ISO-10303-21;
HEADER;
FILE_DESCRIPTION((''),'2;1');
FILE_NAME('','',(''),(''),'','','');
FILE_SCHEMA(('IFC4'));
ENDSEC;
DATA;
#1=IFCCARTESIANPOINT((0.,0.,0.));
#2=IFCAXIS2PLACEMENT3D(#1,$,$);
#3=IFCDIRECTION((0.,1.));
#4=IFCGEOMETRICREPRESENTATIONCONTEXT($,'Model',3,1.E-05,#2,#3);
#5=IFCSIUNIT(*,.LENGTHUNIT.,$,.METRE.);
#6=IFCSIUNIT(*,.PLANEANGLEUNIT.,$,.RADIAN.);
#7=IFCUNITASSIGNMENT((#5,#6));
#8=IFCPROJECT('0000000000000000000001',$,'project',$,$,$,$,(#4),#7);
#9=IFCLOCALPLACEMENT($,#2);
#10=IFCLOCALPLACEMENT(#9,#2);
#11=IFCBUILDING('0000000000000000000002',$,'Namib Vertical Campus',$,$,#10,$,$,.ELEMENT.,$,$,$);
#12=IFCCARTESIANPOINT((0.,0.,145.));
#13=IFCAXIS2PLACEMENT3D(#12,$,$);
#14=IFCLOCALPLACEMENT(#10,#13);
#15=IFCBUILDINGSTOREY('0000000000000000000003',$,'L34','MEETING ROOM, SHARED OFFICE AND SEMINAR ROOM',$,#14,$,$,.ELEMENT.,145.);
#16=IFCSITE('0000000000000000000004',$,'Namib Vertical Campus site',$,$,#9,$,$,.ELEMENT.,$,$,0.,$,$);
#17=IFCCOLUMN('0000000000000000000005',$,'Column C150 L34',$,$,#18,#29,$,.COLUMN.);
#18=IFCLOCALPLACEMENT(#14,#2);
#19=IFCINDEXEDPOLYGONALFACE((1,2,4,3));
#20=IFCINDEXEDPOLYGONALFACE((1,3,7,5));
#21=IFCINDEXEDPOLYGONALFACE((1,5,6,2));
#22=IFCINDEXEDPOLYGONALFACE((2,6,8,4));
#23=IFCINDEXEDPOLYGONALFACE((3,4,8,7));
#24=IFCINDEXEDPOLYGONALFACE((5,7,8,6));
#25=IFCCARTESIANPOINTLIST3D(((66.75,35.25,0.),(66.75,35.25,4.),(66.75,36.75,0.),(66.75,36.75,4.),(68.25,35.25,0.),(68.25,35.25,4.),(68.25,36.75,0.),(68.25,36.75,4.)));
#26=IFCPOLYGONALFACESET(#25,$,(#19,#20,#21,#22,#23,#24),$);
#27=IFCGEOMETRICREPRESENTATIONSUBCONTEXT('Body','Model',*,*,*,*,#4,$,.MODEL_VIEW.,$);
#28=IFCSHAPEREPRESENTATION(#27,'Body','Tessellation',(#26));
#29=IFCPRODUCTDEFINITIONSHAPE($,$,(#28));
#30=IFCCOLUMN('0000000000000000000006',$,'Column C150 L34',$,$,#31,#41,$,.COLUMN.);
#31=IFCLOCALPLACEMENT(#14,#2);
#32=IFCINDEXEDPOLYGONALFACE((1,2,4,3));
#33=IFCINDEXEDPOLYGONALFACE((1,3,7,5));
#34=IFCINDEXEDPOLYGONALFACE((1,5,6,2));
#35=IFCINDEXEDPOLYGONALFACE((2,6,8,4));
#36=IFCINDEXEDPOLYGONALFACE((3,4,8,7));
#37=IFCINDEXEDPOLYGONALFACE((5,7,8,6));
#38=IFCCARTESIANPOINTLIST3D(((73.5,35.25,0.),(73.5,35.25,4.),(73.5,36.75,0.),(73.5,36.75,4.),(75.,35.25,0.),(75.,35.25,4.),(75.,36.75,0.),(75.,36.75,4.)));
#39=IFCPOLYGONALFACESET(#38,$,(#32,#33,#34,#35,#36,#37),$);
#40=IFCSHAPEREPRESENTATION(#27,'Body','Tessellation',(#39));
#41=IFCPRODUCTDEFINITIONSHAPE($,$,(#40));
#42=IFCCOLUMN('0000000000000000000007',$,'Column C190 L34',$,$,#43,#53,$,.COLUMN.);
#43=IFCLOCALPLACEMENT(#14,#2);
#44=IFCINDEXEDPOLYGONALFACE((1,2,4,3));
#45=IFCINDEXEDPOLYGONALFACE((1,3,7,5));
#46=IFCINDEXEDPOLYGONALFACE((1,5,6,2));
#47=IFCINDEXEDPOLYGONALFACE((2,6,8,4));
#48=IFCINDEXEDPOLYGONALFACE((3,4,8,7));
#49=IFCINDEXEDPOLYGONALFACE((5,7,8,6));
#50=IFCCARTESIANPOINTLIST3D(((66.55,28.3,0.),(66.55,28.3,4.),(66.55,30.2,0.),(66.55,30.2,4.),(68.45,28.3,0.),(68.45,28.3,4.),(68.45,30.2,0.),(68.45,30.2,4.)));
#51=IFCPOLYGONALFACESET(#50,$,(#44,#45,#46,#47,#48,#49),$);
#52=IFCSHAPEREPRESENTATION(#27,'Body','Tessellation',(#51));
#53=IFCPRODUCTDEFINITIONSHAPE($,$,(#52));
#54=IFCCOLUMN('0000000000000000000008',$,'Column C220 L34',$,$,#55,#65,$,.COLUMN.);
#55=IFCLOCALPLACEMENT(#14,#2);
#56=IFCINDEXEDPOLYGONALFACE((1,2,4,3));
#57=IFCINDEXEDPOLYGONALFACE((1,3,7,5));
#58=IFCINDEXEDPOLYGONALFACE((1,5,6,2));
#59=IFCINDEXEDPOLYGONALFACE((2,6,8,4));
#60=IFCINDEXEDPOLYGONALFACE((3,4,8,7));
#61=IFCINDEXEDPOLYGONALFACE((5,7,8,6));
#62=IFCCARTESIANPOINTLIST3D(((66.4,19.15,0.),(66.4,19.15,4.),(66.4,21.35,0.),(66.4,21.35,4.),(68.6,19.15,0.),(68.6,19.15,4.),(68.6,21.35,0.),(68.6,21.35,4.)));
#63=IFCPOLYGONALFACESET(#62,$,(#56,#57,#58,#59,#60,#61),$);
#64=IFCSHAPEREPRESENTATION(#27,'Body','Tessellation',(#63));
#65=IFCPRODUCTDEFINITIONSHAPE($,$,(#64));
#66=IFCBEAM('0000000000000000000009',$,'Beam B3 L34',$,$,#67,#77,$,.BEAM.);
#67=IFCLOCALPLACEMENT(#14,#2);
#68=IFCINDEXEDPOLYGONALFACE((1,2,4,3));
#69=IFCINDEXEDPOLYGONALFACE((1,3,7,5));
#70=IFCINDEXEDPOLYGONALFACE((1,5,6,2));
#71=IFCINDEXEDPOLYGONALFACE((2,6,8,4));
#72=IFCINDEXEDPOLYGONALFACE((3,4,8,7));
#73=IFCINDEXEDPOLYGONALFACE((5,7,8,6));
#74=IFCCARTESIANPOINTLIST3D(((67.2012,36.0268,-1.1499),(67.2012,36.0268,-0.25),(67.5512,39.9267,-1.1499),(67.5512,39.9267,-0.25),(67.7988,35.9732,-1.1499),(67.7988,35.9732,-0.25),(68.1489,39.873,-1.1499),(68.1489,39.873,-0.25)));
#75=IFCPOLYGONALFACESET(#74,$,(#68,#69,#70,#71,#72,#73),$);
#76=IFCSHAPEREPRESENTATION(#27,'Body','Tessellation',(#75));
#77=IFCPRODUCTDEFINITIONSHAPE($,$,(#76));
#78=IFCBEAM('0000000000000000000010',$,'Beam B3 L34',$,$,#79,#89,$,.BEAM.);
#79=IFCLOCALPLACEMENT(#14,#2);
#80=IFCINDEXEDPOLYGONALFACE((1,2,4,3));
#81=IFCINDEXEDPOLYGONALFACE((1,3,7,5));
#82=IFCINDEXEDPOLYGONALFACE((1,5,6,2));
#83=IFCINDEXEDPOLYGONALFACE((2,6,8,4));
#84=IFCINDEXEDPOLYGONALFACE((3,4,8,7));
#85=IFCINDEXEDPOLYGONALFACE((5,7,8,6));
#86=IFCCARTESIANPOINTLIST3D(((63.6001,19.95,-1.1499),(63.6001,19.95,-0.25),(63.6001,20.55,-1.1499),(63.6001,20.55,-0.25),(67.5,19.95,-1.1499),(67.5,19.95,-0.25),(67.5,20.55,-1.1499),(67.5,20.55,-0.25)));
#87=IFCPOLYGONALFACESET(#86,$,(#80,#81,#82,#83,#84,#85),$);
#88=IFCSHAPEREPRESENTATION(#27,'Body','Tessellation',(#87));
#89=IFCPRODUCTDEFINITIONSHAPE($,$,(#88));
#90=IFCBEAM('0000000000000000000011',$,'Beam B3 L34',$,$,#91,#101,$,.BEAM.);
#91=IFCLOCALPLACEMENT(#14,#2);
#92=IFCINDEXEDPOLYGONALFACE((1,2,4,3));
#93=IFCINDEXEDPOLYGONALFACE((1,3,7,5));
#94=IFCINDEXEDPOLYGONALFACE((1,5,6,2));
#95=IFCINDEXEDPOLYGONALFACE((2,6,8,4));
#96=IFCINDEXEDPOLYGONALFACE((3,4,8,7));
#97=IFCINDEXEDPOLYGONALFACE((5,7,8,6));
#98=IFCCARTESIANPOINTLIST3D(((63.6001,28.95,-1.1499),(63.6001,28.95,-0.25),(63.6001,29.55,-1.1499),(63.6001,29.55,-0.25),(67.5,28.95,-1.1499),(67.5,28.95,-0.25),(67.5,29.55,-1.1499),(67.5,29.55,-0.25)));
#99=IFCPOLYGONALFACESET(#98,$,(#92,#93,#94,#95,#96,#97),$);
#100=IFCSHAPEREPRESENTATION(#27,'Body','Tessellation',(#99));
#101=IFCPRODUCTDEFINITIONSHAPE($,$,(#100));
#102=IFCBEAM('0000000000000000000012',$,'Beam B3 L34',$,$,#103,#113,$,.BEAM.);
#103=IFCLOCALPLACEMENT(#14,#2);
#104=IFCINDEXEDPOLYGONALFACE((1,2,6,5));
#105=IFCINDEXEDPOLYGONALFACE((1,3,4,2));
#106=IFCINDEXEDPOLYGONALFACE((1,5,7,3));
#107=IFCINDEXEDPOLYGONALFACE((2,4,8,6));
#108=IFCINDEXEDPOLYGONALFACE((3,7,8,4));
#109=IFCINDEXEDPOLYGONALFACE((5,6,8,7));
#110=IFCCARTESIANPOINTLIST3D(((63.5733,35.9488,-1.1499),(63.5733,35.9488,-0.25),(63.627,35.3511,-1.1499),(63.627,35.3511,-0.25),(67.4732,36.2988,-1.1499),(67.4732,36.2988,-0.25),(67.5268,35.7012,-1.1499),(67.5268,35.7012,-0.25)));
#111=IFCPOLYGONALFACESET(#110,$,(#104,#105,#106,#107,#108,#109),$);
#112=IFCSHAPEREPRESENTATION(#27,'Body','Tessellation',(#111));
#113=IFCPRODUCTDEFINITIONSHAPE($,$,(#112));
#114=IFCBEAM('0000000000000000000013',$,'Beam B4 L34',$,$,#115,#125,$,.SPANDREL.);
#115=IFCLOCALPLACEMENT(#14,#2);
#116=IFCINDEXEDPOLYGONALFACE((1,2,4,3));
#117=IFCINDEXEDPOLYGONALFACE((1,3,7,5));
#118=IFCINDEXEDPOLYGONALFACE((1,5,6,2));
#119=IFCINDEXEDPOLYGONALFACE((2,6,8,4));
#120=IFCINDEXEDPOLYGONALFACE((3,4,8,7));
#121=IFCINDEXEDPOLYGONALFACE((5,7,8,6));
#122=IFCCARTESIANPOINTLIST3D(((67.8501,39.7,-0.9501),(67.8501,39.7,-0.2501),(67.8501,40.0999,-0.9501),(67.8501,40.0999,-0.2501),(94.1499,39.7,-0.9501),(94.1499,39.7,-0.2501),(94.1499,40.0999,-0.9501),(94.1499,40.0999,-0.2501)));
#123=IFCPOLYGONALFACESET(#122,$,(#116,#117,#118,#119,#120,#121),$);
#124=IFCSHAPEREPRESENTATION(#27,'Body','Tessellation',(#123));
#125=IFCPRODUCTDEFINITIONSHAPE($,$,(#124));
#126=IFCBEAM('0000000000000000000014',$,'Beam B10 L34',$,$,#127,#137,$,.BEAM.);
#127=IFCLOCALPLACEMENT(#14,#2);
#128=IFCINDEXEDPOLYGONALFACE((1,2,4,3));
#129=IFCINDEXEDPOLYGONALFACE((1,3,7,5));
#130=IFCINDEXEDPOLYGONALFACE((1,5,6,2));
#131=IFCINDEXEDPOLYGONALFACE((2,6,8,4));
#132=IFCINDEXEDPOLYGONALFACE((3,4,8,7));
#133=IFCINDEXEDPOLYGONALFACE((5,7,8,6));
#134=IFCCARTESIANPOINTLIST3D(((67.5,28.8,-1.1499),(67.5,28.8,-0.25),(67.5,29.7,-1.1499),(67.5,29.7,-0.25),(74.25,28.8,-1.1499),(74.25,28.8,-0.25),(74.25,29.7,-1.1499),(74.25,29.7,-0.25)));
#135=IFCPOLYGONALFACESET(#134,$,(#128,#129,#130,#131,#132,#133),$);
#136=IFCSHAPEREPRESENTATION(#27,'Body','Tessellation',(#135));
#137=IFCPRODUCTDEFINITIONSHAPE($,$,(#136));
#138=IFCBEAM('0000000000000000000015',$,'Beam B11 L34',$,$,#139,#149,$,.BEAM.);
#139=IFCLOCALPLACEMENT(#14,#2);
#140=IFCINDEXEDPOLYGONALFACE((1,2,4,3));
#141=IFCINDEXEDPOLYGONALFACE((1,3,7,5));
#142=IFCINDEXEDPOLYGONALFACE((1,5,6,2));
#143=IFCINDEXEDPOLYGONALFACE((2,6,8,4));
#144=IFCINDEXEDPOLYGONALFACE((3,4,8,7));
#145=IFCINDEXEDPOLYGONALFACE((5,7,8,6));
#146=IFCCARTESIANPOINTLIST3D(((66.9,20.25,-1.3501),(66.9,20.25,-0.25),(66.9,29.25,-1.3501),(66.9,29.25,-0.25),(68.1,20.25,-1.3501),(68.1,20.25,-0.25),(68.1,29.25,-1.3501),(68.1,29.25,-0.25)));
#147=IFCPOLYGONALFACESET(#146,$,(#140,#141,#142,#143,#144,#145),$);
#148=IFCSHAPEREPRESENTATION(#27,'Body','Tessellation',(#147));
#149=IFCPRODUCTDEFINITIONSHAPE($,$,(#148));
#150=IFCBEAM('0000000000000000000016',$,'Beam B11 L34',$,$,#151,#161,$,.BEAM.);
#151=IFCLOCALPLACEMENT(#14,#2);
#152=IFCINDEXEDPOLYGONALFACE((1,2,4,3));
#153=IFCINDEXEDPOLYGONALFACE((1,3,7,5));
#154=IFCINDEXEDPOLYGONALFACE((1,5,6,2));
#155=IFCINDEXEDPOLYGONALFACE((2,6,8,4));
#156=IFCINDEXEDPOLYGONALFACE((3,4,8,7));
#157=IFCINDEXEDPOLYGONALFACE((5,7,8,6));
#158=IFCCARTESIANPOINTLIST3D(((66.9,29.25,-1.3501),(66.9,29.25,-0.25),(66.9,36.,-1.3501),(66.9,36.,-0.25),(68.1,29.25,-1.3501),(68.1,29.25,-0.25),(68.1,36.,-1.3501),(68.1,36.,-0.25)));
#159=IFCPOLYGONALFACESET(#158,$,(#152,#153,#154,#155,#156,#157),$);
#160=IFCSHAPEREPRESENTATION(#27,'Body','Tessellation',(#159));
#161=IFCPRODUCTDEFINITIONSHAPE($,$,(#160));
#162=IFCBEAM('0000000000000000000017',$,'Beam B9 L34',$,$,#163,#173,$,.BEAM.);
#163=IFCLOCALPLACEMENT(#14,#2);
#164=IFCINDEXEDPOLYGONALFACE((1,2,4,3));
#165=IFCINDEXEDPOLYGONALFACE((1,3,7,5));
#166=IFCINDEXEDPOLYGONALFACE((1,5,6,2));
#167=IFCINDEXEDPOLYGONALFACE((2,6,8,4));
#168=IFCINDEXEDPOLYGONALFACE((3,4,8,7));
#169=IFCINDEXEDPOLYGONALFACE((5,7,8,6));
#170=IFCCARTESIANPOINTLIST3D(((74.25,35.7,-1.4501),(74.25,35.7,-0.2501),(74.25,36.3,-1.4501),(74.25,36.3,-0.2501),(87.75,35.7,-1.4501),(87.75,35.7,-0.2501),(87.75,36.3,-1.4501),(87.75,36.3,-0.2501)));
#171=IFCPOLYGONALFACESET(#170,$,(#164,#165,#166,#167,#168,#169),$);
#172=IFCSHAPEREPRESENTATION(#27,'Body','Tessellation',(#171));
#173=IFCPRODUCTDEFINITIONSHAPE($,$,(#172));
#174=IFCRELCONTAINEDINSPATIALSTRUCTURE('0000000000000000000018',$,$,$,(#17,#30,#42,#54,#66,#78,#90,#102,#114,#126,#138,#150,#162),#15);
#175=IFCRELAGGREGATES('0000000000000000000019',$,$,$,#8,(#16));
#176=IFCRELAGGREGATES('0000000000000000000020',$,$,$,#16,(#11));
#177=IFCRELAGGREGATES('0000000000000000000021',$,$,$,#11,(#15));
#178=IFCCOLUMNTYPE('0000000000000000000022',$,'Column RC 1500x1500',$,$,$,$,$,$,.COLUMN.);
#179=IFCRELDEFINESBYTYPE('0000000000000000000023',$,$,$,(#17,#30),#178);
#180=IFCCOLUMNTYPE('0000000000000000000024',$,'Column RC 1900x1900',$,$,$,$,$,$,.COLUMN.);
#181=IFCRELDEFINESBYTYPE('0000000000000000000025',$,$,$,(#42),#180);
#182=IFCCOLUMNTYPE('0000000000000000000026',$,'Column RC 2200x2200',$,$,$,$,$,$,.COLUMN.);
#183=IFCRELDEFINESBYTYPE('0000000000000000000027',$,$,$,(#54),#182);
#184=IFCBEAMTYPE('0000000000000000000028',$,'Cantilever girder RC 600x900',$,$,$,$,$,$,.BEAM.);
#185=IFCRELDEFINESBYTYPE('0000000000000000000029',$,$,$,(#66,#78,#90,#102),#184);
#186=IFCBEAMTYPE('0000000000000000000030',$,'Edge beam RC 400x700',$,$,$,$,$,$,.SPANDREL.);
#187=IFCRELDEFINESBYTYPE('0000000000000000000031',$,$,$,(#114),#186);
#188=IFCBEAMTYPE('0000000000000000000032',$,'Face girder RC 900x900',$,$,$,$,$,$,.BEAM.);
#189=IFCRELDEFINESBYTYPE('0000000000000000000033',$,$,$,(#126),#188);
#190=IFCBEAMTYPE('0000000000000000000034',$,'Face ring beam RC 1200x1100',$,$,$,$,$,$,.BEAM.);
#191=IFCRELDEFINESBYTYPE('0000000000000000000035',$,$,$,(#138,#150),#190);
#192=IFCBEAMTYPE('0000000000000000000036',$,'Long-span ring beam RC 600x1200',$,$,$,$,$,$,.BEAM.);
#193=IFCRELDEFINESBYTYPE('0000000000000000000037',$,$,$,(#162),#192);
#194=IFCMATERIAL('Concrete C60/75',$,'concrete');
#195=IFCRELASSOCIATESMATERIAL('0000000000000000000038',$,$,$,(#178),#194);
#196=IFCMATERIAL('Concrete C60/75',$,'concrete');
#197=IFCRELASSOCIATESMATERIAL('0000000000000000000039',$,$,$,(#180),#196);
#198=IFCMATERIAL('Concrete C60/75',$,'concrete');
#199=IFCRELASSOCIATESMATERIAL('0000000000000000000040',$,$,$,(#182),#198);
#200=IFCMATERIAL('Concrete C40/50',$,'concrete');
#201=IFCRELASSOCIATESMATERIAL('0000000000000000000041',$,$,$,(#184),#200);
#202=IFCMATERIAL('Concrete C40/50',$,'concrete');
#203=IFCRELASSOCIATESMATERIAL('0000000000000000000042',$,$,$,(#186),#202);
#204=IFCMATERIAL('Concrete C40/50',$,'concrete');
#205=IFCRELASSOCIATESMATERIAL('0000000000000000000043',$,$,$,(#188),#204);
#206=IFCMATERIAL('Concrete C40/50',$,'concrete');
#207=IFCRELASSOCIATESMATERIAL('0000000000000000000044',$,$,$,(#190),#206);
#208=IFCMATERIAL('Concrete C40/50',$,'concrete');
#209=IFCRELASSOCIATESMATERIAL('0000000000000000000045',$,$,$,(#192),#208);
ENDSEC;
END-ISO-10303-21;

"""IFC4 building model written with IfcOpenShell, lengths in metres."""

from ifc_helpers import new_model, si_unit, direction, frame, origin, origin_2d, place, context, subcontext, project, spatial, rectangle, extrude, material, material_profile, profile_set, type_object, element, save


model = new_model("IFC4")

# Units and contexts
model_context = context("Model", 3, precision=1e-05, world=origin(), true_north=direction((0.0, 1.0)))
body_context = subcontext(model_context, "Body", "Model", "MODEL_VIEW")
ifc_project = project(units=[si_unit("LENGTHUNIT", "METRE"), si_unit("PLANEANGLEUNIT", "RADIAN")], contexts=[model_context])

# Site, building, storey
site_placement = place(None, origin())
site = spatial("IfcSite", under=ifc_project, at=site_placement, Name="Namib Vertical Campus site", CompositionType="ELEMENT", RefElevation=0.0)
building_placement = place(site_placement, origin())
building = spatial("IfcBuilding", under=site, at=building_placement, Name="Namib Vertical Campus", CompositionType="ELEMENT")
storey_placement = place(building_placement, frame((0.0, 0.0, 145.0)))
storey = spatial("IfcBuildingStorey", under=building, at=storey_placement, Name="L34", Description="MEETING ROOM, SHARED OFFICE AND SEMINAR ROOM", CompositionType="ELEMENT", Elevation=145.0)

# Columns
ifc_material_1 = material(Name="Concrete C60/75", Category="concrete")
ifc_material_profile_1 = material_profile(ifc_material_1, rectangle(XDim=1.5, YDim=1.5, at=origin_2d()))
ifc_profile_set_1 = profile_set([ifc_material_profile_1], Name="Concrete C60/75")
column_type_1 = type_object("IfcColumnType", Name="Column RC 1500x1500", PredefinedType="COLUMN", material=ifc_profile_set_1)
for number, where, z_axis, x_axis, name in (
    (1, (67.5, 36.0, 0.0), (0.0, 0.0, 1.0), (1.0, 0.0, 0.0), "Column C150 L34"),
    (2, (74.25, 36.0, 0.0), (0.0, 0.0, 1.0), (1.0, 0.0, 0.0), "Column C150 L34"),
):
    element("IfcColumn", number, at=place(storey_placement, frame(where, z_axis=z_axis, x_axis=x_axis)), inside=storey, type_object=column_type_1, Name=name, PredefinedType="COLUMN", context=body_context, shape_type="SweptSolid", body=[
        extrude(rectangle(XDim=1.5, YDim=1.5, at=origin_2d()), origin(), (0.0, 0.0, 1.0), 4.0),
    ])
ifc_material_2 = material(Name="Concrete C60/75", Category="concrete")
ifc_material_profile_2 = material_profile(ifc_material_2, rectangle(XDim=1.8999, YDim=1.8999, at=origin_2d()))
ifc_profile_set_2 = profile_set([ifc_material_profile_2], Name="Concrete C60/75")
column_type_2 = type_object("IfcColumnType", Name="Column RC 1900x1900", PredefinedType="COLUMN", material=ifc_profile_set_2)
column_1_placement = place(storey_placement, frame((67.5, 29.25, 0.0), z_axis=(0.0, 0.0, 1.0), x_axis=(1.0, 0.0, 0.0)))
element("IfcColumn", 3, at=column_1_placement, inside=storey, type_object=column_type_2, Name="Column C190 L34", PredefinedType="COLUMN", context=body_context, shape_type="SweptSolid", body=[
    extrude(rectangle(XDim=1.8999, YDim=1.8999, at=origin_2d()), origin(), (0.0, 0.0, 1.0), 4.0),
])
ifc_material_3 = material(Name="Concrete C60/75", Category="concrete")
ifc_material_profile_3 = material_profile(ifc_material_3, rectangle(XDim=2.2, YDim=2.2, at=origin_2d()))
ifc_profile_set_3 = profile_set([ifc_material_profile_3], Name="Concrete C60/75")
column_type_3 = type_object("IfcColumnType", Name="Column RC 2200x2200", PredefinedType="COLUMN", material=ifc_profile_set_3)
column_2_placement = place(storey_placement, frame((67.5, 20.25, 0.0), z_axis=(0.0, 0.0, 1.0), x_axis=(1.0, 0.0, 0.0)))
element("IfcColumn", 4, at=column_2_placement, inside=storey, type_object=column_type_3, Name="Column C220 L34", PredefinedType="COLUMN", context=body_context, shape_type="SweptSolid", body=[
    extrude(rectangle(XDim=2.2, YDim=2.2, at=origin_2d()), origin(), (0.0, 0.0, 1.0), 4.0),
])

# Beams
ifc_material_4 = material(Name="Concrete C40/50", Category="concrete")
ifc_material_profile_4 = material_profile(ifc_material_4, rectangle(XDim=0.6001, YDim=0.8999, at=origin_2d()))
ifc_profile_set_4 = profile_set([ifc_material_profile_4], Name="Concrete C40/50")
beam_type_1 = type_object("IfcBeamType", Name="Cantilever girder RC 600x900", PredefinedType="BEAM", material=ifc_profile_set_4)
beam_1_placement = place(storey_placement, frame((67.5, 36.0, -0.7), z_axis=(0.089411, 0.995995, 0.0), x_axis=(-0.995995, 0.089411, 0.0)))
element("IfcBeam", 5, at=beam_1_placement, inside=storey, type_object=beam_type_1, Name="Beam B3 L34", PredefinedType="BEAM", context=body_context, shape_type="SweptSolid", body=[
    extrude(rectangle(XDim=0.6001, YDim=0.8999, at=origin_2d()), origin(), (0.0, 0.0, 1.0), 3.9155),
])
for number, where, z_axis, x_axis, name in (
    (6, (67.5, 20.25, -0.7), (-1.0, 0.0, 0.0), (0.0, -1.0, 0.0), "Beam B3 L34"),
    (7, (67.5, 29.25, -0.7), (-1.0, 0.0, 0.0), (0.0, -1.0, 0.0), "Beam B3 L34"),
):
    element("IfcBeam", number, at=place(storey_placement, frame(where, z_axis=z_axis, x_axis=x_axis)), inside=storey, type_object=beam_type_1, Name=name, PredefinedType="BEAM", context=body_context, shape_type="SweptSolid", body=[
        extrude(rectangle(XDim=0.6001, YDim=0.8999, at=origin_2d()), origin(), (0.0, 0.0, 1.0), 3.8999),
    ])
beam_2_placement = place(storey_placement, frame((67.5, 36.0, -0.7), z_axis=(-0.995995, -0.089411, 0.0), x_axis=(0.089411, -0.995995, 0.0)))
element("IfcBeam", 8, at=beam_2_placement, inside=storey, type_object=beam_type_1, Name="Beam B3 L34", PredefinedType="BEAM", context=body_context, shape_type="SweptSolid", body=[
    extrude(rectangle(XDim=0.6001, YDim=0.8999, at=origin_2d()), origin(), (0.0, 0.0, 1.0), 3.9155),
])
ifc_material_5 = material(Name="Concrete C40/50", Category="concrete")
ifc_material_profile_5 = material_profile(ifc_material_5, rectangle(XDim=0.3999, YDim=0.7, at=origin_2d()))
ifc_profile_set_5 = profile_set([ifc_material_profile_5], Name="Concrete C40/50")
beam_type_2 = type_object("IfcBeamType", Name="Edge beam RC 400x700", PredefinedType="SPANDREL", material=ifc_profile_set_5)
beam_3_placement = place(storey_placement, frame((67.8501, 39.8999, -0.6001), z_axis=(1.0, 0.0, 0.0), x_axis=(0.0, 1.0, 0.0)))
element("IfcBeam", 9, at=beam_3_placement, inside=storey, type_object=beam_type_2, Name="Beam B4 L34", PredefinedType="SPANDREL", context=body_context, shape_type="SweptSolid", body=[
    extrude(rectangle(XDim=0.3999, YDim=0.7, at=origin_2d()), origin(), (0.0, 0.0, 1.0), 26.2998),
])
ifc_material_6 = material(Name="Concrete C40/50", Category="concrete")
ifc_material_profile_6 = material_profile(ifc_material_6, rectangle(XDim=0.8999, YDim=0.8999, at=origin_2d()))
ifc_profile_set_6 = profile_set([ifc_material_profile_6], Name="Concrete C40/50")
beam_type_3 = type_object("IfcBeamType", Name="Face girder RC 900x900", PredefinedType="BEAM", material=ifc_profile_set_6)
beam_4_placement = place(storey_placement, frame((67.5, 29.25, -0.7), z_axis=(1.0, 0.0, 0.0), x_axis=(0.0, 1.0, 0.0)))
element("IfcBeam", 10, at=beam_4_placement, inside=storey, type_object=beam_type_3, Name="Beam B10 L34", PredefinedType="BEAM", context=body_context, shape_type="SweptSolid", body=[
    extrude(rectangle(XDim=0.8999, YDim=0.8999, at=origin_2d()), origin(), (0.0, 0.0, 1.0), 6.75),
])
ifc_material_7 = material(Name="Concrete C40/50", Category="concrete")
ifc_material_profile_7 = material_profile(ifc_material_7, rectangle(XDim=1.2, YDim=1.1001, at=origin_2d()))
ifc_profile_set_7 = profile_set([ifc_material_profile_7], Name="Concrete C40/50")
beam_type_4 = type_object("IfcBeamType", Name="Face ring beam RC 1200x1100", PredefinedType="BEAM", material=ifc_profile_set_7)
beam_5_placement = place(storey_placement, frame((67.5, 20.25, -0.8), z_axis=(0.0, 1.0, 0.0), x_axis=(-1.0, 0.0, 0.0)))
element("IfcBeam", 11, at=beam_5_placement, inside=storey, type_object=beam_type_4, Name="Beam B11 L34", PredefinedType="BEAM", context=body_context, shape_type="SweptSolid", body=[
    extrude(rectangle(XDim=1.2, YDim=1.1001, at=origin_2d()), origin(), (0.0, 0.0, 1.0), 9.0),
])
beam_6_placement = place(storey_placement, frame((67.5, 29.25, -0.8), z_axis=(0.0, 1.0, 0.0), x_axis=(-1.0, 0.0, 0.0)))
element("IfcBeam", 12, at=beam_6_placement, inside=storey, type_object=beam_type_4, Name="Beam B11 L34", PredefinedType="BEAM", context=body_context, shape_type="SweptSolid", body=[
    extrude(rectangle(XDim=1.2, YDim=1.1001, at=origin_2d()), origin(), (0.0, 0.0, 1.0), 6.75),
])
ifc_material_8 = material(Name="Concrete C40/50", Category="concrete")
ifc_material_profile_8 = material_profile(ifc_material_8, rectangle(XDim=0.6001, YDim=1.2, at=origin_2d()))
ifc_profile_set_8 = profile_set([ifc_material_profile_8], Name="Concrete C40/50")
beam_type_5 = type_object("IfcBeamType", Name="Long-span ring beam RC 600x1200", PredefinedType="BEAM", material=ifc_profile_set_8)
beam_7_placement = place(storey_placement, frame((74.25, 36.0, -0.8501), z_axis=(1.0, 0.0, 0.0), x_axis=(0.0, 1.0, 0.0)))
element("IfcBeam", 13, at=beam_7_placement, inside=storey, type_object=beam_type_5, Name="Beam B9 L34", PredefinedType="BEAM", context=body_context, shape_type="SweptSolid", body=[
    extrude(rectangle(XDim=0.6001, YDim=1.2, at=origin_2d()), origin(), (0.0, 0.0, 1.0), 13.5),
])

save(model, "model.ifc")
